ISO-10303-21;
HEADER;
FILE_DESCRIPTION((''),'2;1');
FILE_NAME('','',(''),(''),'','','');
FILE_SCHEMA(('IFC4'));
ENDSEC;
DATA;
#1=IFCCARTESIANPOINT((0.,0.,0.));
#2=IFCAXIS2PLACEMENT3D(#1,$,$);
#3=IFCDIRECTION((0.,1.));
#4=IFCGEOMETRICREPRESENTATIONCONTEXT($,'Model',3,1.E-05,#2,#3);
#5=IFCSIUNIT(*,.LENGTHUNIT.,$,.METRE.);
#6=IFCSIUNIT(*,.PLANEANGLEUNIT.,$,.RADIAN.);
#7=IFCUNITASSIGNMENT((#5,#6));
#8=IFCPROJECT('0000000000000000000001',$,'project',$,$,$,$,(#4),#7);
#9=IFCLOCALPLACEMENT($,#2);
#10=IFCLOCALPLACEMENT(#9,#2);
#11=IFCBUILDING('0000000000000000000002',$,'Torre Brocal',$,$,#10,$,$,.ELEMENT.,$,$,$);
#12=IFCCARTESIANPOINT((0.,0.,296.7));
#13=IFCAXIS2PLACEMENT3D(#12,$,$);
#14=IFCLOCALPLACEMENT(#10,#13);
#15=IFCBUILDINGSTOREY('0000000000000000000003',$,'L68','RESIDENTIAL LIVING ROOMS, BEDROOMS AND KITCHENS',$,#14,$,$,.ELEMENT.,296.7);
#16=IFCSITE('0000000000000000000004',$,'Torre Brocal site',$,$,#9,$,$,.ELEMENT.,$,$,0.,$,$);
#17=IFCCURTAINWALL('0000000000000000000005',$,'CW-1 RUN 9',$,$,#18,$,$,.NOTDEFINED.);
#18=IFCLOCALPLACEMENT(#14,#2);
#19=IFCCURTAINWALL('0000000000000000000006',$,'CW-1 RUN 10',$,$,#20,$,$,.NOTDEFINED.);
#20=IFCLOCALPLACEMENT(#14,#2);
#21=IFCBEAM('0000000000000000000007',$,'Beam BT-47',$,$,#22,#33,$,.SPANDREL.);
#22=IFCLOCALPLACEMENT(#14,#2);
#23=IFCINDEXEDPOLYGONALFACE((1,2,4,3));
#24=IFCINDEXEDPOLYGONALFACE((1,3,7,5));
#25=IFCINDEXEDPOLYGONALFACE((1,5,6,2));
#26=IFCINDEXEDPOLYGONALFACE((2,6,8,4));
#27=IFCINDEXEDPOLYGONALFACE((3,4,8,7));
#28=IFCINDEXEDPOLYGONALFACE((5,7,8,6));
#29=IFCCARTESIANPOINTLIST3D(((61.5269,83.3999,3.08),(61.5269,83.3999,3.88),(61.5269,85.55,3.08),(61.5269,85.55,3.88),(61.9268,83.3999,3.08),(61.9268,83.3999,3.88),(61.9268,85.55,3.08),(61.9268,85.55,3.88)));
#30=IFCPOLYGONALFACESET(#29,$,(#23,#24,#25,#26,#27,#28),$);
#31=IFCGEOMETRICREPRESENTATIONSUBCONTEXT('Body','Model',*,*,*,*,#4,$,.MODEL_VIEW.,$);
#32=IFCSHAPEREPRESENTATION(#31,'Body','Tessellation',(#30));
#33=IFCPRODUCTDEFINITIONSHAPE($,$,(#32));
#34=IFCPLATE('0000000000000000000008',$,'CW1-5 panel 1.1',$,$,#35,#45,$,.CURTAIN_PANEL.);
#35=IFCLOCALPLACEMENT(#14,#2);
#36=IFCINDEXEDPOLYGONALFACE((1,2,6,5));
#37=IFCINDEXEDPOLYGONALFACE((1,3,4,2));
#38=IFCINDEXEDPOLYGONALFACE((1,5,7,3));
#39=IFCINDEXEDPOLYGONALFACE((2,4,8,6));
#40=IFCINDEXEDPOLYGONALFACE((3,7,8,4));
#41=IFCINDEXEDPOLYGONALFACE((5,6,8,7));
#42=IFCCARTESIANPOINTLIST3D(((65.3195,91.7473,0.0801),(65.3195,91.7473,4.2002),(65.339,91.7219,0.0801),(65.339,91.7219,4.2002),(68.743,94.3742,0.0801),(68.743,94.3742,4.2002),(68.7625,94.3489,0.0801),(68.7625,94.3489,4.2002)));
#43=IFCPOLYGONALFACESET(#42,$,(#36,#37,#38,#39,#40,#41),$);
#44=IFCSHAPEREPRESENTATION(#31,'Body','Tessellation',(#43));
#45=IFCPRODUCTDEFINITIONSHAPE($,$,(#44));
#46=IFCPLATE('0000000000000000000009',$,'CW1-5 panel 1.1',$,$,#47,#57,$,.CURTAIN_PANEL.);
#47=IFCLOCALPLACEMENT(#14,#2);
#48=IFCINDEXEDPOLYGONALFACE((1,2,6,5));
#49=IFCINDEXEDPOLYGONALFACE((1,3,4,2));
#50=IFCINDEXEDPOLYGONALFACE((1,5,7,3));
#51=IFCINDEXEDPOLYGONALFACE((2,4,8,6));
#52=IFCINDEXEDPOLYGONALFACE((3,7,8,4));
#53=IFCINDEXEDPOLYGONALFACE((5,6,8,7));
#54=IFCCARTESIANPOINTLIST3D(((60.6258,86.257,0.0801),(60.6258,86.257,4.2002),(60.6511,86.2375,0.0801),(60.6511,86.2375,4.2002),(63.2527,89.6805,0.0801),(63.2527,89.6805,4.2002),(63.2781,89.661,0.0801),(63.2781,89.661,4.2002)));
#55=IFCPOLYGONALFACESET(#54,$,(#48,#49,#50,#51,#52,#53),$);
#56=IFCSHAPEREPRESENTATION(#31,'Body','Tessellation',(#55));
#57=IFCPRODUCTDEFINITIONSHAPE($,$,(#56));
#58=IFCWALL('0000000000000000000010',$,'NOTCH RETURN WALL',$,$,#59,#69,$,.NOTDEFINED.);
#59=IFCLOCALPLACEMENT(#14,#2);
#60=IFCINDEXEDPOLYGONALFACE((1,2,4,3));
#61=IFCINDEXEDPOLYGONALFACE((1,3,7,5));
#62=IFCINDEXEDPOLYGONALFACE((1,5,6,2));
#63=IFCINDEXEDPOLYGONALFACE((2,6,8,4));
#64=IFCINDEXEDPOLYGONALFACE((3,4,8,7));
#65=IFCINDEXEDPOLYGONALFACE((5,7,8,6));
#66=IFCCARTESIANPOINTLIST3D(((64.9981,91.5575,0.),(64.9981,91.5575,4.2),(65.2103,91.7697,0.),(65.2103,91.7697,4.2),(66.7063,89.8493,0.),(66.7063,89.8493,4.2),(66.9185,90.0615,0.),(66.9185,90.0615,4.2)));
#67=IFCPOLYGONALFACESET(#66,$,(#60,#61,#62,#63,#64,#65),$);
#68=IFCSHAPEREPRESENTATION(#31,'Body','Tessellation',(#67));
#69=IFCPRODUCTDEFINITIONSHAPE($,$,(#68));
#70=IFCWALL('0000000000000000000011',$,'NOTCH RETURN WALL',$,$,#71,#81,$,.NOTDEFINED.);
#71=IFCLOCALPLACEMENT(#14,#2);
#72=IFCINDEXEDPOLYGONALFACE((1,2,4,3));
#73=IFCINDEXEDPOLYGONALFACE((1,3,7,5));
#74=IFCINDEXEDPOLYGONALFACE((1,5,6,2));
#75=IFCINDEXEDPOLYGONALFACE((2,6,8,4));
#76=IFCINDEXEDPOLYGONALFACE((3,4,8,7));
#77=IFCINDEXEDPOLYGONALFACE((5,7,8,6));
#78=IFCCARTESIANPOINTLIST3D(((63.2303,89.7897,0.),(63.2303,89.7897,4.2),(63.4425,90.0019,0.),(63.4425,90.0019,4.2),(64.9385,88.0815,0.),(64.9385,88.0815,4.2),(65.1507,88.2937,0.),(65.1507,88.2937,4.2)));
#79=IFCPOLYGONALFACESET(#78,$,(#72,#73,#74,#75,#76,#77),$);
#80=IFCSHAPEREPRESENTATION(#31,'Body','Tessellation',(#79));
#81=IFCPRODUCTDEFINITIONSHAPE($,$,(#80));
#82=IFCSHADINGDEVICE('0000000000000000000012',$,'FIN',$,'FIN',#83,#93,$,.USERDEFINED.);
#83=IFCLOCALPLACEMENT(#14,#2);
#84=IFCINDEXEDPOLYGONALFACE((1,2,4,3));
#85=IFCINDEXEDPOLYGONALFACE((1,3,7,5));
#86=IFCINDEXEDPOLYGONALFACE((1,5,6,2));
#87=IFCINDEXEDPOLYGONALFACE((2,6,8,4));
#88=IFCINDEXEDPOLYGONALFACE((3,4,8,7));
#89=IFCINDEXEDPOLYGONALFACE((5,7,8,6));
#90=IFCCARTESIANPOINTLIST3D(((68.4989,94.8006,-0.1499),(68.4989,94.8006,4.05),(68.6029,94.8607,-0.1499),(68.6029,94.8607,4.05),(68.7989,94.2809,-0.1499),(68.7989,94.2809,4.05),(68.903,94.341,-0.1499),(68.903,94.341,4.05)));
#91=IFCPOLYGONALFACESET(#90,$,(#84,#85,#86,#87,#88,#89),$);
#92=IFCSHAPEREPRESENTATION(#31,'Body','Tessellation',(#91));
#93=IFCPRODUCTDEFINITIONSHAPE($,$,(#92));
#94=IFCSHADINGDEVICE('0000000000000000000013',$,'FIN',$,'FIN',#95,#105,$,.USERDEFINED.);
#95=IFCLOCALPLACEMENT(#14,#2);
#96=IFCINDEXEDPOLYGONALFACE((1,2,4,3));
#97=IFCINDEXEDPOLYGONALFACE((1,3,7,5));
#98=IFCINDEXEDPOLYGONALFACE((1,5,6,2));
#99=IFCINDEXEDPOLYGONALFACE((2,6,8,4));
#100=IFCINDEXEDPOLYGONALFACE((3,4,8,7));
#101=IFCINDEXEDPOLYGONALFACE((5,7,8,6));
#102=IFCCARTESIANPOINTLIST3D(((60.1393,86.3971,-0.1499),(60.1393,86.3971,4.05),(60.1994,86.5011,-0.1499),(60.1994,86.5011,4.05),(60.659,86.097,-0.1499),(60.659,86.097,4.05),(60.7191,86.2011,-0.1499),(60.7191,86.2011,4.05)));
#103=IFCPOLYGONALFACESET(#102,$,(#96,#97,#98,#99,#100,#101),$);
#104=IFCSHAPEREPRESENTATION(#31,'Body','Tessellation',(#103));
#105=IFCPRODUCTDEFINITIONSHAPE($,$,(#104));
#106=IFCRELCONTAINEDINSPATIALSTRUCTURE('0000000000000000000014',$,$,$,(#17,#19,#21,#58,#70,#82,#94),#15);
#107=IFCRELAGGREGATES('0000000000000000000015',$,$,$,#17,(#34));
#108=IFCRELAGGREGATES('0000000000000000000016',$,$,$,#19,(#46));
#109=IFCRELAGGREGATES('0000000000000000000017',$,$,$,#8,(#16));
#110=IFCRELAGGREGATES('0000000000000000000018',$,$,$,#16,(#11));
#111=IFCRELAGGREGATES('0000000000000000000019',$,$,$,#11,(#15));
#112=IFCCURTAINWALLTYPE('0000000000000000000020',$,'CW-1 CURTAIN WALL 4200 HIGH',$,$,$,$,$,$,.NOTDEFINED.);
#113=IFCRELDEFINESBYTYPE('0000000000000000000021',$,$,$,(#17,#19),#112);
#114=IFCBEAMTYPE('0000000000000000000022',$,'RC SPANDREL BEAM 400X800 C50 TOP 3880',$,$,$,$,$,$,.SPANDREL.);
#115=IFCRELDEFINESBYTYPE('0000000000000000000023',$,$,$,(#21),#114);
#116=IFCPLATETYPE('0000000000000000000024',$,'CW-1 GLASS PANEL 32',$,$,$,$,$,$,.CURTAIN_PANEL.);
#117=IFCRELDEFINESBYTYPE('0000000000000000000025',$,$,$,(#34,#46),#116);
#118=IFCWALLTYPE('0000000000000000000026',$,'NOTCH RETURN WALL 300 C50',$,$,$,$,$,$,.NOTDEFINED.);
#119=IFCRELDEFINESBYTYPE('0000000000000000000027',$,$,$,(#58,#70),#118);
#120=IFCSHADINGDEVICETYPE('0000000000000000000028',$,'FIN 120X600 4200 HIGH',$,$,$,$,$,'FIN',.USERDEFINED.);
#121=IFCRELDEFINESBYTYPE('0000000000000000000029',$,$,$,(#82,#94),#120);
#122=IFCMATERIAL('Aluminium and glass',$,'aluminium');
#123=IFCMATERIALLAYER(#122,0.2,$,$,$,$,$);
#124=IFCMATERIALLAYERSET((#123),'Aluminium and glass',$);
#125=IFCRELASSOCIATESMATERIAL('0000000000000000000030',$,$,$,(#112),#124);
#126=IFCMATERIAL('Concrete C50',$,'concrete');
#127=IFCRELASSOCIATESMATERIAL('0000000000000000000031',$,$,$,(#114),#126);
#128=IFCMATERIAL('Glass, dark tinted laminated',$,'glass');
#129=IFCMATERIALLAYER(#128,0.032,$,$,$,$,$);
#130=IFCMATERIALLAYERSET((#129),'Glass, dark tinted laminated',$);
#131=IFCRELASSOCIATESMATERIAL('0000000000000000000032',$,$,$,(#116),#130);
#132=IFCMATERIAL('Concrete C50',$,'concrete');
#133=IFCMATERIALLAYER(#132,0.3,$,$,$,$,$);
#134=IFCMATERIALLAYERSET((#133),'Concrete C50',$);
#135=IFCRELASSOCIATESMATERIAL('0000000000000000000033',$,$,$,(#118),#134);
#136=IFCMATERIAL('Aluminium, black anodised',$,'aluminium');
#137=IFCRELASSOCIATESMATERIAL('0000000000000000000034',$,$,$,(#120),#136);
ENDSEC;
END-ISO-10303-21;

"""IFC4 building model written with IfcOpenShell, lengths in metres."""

from ifc_helpers import new_model, si_unit, direction, frame, frame_2d, origin, origin_2d, place, context, subcontext, project, spatial, rectangle, extrude, material, layer, layer_set, material_profile, profile_set, type_object, element, aggregate, save


model = new_model("IFC4")

# Units and contexts
model_context = context("Model", 3, precision=1e-05, world=origin(), true_north=direction((0.0, 1.0)))
body_context = subcontext(model_context, "Body", "Model", "MODEL_VIEW")
ifc_project = project(units=[si_unit("LENGTHUNIT", "METRE"), si_unit("PLANEANGLEUNIT", "RADIAN")], contexts=[model_context])

# Site, building, storey
site_placement = place(None, origin())
site = spatial("IfcSite", under=ifc_project, at=site_placement, Name="Torre Brocal site", CompositionType="ELEMENT", RefElevation=0.0)
building_placement = place(site_placement, origin())
building = spatial("IfcBuilding", under=site, at=building_placement, Name="Torre Brocal", CompositionType="ELEMENT")
storey_placement = place(building_placement, frame((0.0, 0.0, 296.7)))
storey = spatial("IfcBuildingStorey", under=building, at=storey_placement, Name="L68", Description="RESIDENTIAL LIVING ROOMS, BEDROOMS AND KITCHENS", CompositionType="ELEMENT", Elevation=296.7)

# Shared definitions
ifc_material_1 = material(Name="Aluminium and glass", Category="aluminium")
ifc_layer_1 = layer(ifc_material_1, 0.2)
ifc_layer_set_1 = layer_set([ifc_layer_1], Name="Aluminium and glass")
curtain_wall_type = type_object("IfcCurtainWallType", Name="CW-1 CURTAIN WALL 4200 HIGH", PredefinedType="NOTDEFINED", material=ifc_layer_set_1)

# Curtain walls
curtain_wall_1_placement = place(storey_placement, origin())
curtain_wall_1 = element("IfcCurtainWall", 1, at=curtain_wall_1_placement, inside=storey, type_object=curtain_wall_type, Name="CW-1 RUN 9", PredefinedType="NOTDEFINED")
curtain_wall_2_placement = place(storey_placement, origin())
curtain_wall_2 = element("IfcCurtainWall", 2, at=curtain_wall_2_placement, inside=storey, type_object=curtain_wall_type, Name="CW-1 RUN 10", PredefinedType="NOTDEFINED")

# Beam
ifc_material_2 = material(Name="Concrete C50", Category="concrete")
ifc_material_profile_1 = material_profile(ifc_material_2, rectangle(XDim=0.3999, YDim=0.8, at=origin_2d()), Name="RC 400X800")
ifc_profile_set_1 = profile_set([ifc_material_profile_1], Name="Concrete C50")
beam_type_1 = type_object("IfcBeamType", Name="RC SPANDREL BEAM 400X800 C50 TOP 3880", PredefinedType="SPANDREL", material=ifc_profile_set_1)
beam_1_placement = place(storey_placement, frame((61.7268, 85.55, 3.48), z_axis=(0.0, -1.0, 0.0), x_axis=(1.0, 0.0, 0.0)))
element("IfcBeam", 3, at=beam_1_placement, inside=storey, type_object=beam_type_1, Name="Beam BT-47", PredefinedType="SPANDREL", context=body_context, shape_type="SweptSolid", body=[
    extrude(rectangle(XDim=0.3999, YDim=0.8, at=origin_2d()), origin(), (0.0, 0.0, 1.0), 2.1501),
])

# Plates
ifc_material_3 = material(Name="Glass, dark tinted laminated", Category="glass")
ifc_layer_2 = layer(ifc_material_3, 0.032)
ifc_layer_set_2 = layer_set([ifc_layer_2], Name="Glass, dark tinted laminated")
plate_type = type_object("IfcPlateType", Name="CW-1 GLASS PANEL 32", PredefinedType="CURTAIN_PANEL", material=ifc_layer_set_2)
plate_1_placement = place(storey_placement, frame((67.041, 93.0481, 0.0801), z_axis=(0.0, 0.0, 1.0), x_axis=(-0.793353, -0.608761, 0.0)))
plate_1 = element("IfcPlate", 4, at=plate_1_placement, type_object=plate_type, Name="CW1-5 panel 1.1", PredefinedType="CURTAIN_PANEL", context=body_context, shape_type="SweptSolid", body=[
    extrude(rectangle(XDim=4.3152, YDim=0.032, at=origin_2d()), origin(), (0.0, 0.0, 1.0), 4.1201),
])
aggregate(curtain_wall_1, [plate_1])
plate_2_placement = place(storey_placement, frame((61.9519, 87.959, 0.0801), z_axis=(0.0, 0.0, 1.0), x_axis=(-0.608761, -0.793353, 0.0)))
plate_2 = element("IfcPlate", 5, at=plate_2_placement, type_object=plate_type, Name="CW1-5 panel 1.1", PredefinedType="CURTAIN_PANEL", context=body_context, shape_type="SweptSolid", body=[
    extrude(rectangle(XDim=4.3152, YDim=0.032, at=origin_2d()), origin(), (0.0, 0.0, 1.0), 4.1201),
])
aggregate(curtain_wall_2, [plate_2])

# Walls
ifc_material_4 = material(Name="Concrete C50", Category="concrete")
ifc_layer_3 = layer(ifc_material_4, 0.3)
ifc_layer_set_3 = layer_set([ifc_layer_3], Name="Concrete C50")
wall_type = type_object("IfcWallType", Name="NOTCH RETURN WALL 300 C50", PredefinedType="NOTDEFINED", material=ifc_layer_set_3)
for number, where, z_axis, x_axis, name in (
    (6, (66.8125, 89.9553, 0.0), (0.0, 0.0, 1.0), (-0.707107, 0.707107, 0.0), "NOTCH RETURN WALL"),
    (7, (65.0447, 88.1875, 0.0), (0.0, 0.0, 1.0), (-0.707107, 0.707107, 0.0), "NOTCH RETURN WALL"),
):
    element("IfcWall", number, at=place(storey_placement, frame(where, z_axis=z_axis, x_axis=x_axis)), inside=storey, type_object=wall_type, Name=name, PredefinedType="NOTDEFINED", context=body_context, shape_type="SweptSolid", body=[
        extrude(rectangle(XDim=2.4158, YDim=0.3, at=frame_2d((1.208, 0.0))), origin(), (0.0, 0.0, 1.0), 4.2),
    ])

# Shading devices
ifc_material_5 = material(Name="Aluminium, black anodised", Category="aluminium")
ifc_material_profile_2 = material_profile(ifc_material_5, rectangle(XDim=0.1201, YDim=0.6001, at=origin_2d()), Name="FIN 120X600 4200 HIGH")
ifc_profile_set_2 = profile_set([ifc_material_profile_2], Name="Aluminium, black anodised")
shading_device_type = type_object("IfcShadingDeviceType", Name="FIN 120X600 4200 HIGH", ElementType="FIN", PredefinedType="USERDEFINED", material=ifc_profile_set_2)
for number, where, z_axis, x_axis, name in (
    (8, (68.7009, 94.5708, -0.1499), (0.0, 0.0, 1.0), (-0.866025, -0.5, 0.0), "FIN"),
    (9, (60.4292, 86.2991, -0.1499), (0.0, 0.0, 1.0), (-0.5, -0.866025, 0.0), "FIN"),
):
    element("IfcShadingDevice", number, at=place(storey_placement, frame(where, z_axis=z_axis, x_axis=x_axis)), inside=storey, type_object=shading_device_type, Name=name, ObjectType="FIN", PredefinedType="USERDEFINED", context=body_context, shape_type="SweptSolid", body=[
        extrude(rectangle(XDim=0.1201, YDim=0.6001, at=origin_2d()), origin(), (0.0, 0.0, 1.0), 4.2),
    ])

save(model, "model.ifc")
